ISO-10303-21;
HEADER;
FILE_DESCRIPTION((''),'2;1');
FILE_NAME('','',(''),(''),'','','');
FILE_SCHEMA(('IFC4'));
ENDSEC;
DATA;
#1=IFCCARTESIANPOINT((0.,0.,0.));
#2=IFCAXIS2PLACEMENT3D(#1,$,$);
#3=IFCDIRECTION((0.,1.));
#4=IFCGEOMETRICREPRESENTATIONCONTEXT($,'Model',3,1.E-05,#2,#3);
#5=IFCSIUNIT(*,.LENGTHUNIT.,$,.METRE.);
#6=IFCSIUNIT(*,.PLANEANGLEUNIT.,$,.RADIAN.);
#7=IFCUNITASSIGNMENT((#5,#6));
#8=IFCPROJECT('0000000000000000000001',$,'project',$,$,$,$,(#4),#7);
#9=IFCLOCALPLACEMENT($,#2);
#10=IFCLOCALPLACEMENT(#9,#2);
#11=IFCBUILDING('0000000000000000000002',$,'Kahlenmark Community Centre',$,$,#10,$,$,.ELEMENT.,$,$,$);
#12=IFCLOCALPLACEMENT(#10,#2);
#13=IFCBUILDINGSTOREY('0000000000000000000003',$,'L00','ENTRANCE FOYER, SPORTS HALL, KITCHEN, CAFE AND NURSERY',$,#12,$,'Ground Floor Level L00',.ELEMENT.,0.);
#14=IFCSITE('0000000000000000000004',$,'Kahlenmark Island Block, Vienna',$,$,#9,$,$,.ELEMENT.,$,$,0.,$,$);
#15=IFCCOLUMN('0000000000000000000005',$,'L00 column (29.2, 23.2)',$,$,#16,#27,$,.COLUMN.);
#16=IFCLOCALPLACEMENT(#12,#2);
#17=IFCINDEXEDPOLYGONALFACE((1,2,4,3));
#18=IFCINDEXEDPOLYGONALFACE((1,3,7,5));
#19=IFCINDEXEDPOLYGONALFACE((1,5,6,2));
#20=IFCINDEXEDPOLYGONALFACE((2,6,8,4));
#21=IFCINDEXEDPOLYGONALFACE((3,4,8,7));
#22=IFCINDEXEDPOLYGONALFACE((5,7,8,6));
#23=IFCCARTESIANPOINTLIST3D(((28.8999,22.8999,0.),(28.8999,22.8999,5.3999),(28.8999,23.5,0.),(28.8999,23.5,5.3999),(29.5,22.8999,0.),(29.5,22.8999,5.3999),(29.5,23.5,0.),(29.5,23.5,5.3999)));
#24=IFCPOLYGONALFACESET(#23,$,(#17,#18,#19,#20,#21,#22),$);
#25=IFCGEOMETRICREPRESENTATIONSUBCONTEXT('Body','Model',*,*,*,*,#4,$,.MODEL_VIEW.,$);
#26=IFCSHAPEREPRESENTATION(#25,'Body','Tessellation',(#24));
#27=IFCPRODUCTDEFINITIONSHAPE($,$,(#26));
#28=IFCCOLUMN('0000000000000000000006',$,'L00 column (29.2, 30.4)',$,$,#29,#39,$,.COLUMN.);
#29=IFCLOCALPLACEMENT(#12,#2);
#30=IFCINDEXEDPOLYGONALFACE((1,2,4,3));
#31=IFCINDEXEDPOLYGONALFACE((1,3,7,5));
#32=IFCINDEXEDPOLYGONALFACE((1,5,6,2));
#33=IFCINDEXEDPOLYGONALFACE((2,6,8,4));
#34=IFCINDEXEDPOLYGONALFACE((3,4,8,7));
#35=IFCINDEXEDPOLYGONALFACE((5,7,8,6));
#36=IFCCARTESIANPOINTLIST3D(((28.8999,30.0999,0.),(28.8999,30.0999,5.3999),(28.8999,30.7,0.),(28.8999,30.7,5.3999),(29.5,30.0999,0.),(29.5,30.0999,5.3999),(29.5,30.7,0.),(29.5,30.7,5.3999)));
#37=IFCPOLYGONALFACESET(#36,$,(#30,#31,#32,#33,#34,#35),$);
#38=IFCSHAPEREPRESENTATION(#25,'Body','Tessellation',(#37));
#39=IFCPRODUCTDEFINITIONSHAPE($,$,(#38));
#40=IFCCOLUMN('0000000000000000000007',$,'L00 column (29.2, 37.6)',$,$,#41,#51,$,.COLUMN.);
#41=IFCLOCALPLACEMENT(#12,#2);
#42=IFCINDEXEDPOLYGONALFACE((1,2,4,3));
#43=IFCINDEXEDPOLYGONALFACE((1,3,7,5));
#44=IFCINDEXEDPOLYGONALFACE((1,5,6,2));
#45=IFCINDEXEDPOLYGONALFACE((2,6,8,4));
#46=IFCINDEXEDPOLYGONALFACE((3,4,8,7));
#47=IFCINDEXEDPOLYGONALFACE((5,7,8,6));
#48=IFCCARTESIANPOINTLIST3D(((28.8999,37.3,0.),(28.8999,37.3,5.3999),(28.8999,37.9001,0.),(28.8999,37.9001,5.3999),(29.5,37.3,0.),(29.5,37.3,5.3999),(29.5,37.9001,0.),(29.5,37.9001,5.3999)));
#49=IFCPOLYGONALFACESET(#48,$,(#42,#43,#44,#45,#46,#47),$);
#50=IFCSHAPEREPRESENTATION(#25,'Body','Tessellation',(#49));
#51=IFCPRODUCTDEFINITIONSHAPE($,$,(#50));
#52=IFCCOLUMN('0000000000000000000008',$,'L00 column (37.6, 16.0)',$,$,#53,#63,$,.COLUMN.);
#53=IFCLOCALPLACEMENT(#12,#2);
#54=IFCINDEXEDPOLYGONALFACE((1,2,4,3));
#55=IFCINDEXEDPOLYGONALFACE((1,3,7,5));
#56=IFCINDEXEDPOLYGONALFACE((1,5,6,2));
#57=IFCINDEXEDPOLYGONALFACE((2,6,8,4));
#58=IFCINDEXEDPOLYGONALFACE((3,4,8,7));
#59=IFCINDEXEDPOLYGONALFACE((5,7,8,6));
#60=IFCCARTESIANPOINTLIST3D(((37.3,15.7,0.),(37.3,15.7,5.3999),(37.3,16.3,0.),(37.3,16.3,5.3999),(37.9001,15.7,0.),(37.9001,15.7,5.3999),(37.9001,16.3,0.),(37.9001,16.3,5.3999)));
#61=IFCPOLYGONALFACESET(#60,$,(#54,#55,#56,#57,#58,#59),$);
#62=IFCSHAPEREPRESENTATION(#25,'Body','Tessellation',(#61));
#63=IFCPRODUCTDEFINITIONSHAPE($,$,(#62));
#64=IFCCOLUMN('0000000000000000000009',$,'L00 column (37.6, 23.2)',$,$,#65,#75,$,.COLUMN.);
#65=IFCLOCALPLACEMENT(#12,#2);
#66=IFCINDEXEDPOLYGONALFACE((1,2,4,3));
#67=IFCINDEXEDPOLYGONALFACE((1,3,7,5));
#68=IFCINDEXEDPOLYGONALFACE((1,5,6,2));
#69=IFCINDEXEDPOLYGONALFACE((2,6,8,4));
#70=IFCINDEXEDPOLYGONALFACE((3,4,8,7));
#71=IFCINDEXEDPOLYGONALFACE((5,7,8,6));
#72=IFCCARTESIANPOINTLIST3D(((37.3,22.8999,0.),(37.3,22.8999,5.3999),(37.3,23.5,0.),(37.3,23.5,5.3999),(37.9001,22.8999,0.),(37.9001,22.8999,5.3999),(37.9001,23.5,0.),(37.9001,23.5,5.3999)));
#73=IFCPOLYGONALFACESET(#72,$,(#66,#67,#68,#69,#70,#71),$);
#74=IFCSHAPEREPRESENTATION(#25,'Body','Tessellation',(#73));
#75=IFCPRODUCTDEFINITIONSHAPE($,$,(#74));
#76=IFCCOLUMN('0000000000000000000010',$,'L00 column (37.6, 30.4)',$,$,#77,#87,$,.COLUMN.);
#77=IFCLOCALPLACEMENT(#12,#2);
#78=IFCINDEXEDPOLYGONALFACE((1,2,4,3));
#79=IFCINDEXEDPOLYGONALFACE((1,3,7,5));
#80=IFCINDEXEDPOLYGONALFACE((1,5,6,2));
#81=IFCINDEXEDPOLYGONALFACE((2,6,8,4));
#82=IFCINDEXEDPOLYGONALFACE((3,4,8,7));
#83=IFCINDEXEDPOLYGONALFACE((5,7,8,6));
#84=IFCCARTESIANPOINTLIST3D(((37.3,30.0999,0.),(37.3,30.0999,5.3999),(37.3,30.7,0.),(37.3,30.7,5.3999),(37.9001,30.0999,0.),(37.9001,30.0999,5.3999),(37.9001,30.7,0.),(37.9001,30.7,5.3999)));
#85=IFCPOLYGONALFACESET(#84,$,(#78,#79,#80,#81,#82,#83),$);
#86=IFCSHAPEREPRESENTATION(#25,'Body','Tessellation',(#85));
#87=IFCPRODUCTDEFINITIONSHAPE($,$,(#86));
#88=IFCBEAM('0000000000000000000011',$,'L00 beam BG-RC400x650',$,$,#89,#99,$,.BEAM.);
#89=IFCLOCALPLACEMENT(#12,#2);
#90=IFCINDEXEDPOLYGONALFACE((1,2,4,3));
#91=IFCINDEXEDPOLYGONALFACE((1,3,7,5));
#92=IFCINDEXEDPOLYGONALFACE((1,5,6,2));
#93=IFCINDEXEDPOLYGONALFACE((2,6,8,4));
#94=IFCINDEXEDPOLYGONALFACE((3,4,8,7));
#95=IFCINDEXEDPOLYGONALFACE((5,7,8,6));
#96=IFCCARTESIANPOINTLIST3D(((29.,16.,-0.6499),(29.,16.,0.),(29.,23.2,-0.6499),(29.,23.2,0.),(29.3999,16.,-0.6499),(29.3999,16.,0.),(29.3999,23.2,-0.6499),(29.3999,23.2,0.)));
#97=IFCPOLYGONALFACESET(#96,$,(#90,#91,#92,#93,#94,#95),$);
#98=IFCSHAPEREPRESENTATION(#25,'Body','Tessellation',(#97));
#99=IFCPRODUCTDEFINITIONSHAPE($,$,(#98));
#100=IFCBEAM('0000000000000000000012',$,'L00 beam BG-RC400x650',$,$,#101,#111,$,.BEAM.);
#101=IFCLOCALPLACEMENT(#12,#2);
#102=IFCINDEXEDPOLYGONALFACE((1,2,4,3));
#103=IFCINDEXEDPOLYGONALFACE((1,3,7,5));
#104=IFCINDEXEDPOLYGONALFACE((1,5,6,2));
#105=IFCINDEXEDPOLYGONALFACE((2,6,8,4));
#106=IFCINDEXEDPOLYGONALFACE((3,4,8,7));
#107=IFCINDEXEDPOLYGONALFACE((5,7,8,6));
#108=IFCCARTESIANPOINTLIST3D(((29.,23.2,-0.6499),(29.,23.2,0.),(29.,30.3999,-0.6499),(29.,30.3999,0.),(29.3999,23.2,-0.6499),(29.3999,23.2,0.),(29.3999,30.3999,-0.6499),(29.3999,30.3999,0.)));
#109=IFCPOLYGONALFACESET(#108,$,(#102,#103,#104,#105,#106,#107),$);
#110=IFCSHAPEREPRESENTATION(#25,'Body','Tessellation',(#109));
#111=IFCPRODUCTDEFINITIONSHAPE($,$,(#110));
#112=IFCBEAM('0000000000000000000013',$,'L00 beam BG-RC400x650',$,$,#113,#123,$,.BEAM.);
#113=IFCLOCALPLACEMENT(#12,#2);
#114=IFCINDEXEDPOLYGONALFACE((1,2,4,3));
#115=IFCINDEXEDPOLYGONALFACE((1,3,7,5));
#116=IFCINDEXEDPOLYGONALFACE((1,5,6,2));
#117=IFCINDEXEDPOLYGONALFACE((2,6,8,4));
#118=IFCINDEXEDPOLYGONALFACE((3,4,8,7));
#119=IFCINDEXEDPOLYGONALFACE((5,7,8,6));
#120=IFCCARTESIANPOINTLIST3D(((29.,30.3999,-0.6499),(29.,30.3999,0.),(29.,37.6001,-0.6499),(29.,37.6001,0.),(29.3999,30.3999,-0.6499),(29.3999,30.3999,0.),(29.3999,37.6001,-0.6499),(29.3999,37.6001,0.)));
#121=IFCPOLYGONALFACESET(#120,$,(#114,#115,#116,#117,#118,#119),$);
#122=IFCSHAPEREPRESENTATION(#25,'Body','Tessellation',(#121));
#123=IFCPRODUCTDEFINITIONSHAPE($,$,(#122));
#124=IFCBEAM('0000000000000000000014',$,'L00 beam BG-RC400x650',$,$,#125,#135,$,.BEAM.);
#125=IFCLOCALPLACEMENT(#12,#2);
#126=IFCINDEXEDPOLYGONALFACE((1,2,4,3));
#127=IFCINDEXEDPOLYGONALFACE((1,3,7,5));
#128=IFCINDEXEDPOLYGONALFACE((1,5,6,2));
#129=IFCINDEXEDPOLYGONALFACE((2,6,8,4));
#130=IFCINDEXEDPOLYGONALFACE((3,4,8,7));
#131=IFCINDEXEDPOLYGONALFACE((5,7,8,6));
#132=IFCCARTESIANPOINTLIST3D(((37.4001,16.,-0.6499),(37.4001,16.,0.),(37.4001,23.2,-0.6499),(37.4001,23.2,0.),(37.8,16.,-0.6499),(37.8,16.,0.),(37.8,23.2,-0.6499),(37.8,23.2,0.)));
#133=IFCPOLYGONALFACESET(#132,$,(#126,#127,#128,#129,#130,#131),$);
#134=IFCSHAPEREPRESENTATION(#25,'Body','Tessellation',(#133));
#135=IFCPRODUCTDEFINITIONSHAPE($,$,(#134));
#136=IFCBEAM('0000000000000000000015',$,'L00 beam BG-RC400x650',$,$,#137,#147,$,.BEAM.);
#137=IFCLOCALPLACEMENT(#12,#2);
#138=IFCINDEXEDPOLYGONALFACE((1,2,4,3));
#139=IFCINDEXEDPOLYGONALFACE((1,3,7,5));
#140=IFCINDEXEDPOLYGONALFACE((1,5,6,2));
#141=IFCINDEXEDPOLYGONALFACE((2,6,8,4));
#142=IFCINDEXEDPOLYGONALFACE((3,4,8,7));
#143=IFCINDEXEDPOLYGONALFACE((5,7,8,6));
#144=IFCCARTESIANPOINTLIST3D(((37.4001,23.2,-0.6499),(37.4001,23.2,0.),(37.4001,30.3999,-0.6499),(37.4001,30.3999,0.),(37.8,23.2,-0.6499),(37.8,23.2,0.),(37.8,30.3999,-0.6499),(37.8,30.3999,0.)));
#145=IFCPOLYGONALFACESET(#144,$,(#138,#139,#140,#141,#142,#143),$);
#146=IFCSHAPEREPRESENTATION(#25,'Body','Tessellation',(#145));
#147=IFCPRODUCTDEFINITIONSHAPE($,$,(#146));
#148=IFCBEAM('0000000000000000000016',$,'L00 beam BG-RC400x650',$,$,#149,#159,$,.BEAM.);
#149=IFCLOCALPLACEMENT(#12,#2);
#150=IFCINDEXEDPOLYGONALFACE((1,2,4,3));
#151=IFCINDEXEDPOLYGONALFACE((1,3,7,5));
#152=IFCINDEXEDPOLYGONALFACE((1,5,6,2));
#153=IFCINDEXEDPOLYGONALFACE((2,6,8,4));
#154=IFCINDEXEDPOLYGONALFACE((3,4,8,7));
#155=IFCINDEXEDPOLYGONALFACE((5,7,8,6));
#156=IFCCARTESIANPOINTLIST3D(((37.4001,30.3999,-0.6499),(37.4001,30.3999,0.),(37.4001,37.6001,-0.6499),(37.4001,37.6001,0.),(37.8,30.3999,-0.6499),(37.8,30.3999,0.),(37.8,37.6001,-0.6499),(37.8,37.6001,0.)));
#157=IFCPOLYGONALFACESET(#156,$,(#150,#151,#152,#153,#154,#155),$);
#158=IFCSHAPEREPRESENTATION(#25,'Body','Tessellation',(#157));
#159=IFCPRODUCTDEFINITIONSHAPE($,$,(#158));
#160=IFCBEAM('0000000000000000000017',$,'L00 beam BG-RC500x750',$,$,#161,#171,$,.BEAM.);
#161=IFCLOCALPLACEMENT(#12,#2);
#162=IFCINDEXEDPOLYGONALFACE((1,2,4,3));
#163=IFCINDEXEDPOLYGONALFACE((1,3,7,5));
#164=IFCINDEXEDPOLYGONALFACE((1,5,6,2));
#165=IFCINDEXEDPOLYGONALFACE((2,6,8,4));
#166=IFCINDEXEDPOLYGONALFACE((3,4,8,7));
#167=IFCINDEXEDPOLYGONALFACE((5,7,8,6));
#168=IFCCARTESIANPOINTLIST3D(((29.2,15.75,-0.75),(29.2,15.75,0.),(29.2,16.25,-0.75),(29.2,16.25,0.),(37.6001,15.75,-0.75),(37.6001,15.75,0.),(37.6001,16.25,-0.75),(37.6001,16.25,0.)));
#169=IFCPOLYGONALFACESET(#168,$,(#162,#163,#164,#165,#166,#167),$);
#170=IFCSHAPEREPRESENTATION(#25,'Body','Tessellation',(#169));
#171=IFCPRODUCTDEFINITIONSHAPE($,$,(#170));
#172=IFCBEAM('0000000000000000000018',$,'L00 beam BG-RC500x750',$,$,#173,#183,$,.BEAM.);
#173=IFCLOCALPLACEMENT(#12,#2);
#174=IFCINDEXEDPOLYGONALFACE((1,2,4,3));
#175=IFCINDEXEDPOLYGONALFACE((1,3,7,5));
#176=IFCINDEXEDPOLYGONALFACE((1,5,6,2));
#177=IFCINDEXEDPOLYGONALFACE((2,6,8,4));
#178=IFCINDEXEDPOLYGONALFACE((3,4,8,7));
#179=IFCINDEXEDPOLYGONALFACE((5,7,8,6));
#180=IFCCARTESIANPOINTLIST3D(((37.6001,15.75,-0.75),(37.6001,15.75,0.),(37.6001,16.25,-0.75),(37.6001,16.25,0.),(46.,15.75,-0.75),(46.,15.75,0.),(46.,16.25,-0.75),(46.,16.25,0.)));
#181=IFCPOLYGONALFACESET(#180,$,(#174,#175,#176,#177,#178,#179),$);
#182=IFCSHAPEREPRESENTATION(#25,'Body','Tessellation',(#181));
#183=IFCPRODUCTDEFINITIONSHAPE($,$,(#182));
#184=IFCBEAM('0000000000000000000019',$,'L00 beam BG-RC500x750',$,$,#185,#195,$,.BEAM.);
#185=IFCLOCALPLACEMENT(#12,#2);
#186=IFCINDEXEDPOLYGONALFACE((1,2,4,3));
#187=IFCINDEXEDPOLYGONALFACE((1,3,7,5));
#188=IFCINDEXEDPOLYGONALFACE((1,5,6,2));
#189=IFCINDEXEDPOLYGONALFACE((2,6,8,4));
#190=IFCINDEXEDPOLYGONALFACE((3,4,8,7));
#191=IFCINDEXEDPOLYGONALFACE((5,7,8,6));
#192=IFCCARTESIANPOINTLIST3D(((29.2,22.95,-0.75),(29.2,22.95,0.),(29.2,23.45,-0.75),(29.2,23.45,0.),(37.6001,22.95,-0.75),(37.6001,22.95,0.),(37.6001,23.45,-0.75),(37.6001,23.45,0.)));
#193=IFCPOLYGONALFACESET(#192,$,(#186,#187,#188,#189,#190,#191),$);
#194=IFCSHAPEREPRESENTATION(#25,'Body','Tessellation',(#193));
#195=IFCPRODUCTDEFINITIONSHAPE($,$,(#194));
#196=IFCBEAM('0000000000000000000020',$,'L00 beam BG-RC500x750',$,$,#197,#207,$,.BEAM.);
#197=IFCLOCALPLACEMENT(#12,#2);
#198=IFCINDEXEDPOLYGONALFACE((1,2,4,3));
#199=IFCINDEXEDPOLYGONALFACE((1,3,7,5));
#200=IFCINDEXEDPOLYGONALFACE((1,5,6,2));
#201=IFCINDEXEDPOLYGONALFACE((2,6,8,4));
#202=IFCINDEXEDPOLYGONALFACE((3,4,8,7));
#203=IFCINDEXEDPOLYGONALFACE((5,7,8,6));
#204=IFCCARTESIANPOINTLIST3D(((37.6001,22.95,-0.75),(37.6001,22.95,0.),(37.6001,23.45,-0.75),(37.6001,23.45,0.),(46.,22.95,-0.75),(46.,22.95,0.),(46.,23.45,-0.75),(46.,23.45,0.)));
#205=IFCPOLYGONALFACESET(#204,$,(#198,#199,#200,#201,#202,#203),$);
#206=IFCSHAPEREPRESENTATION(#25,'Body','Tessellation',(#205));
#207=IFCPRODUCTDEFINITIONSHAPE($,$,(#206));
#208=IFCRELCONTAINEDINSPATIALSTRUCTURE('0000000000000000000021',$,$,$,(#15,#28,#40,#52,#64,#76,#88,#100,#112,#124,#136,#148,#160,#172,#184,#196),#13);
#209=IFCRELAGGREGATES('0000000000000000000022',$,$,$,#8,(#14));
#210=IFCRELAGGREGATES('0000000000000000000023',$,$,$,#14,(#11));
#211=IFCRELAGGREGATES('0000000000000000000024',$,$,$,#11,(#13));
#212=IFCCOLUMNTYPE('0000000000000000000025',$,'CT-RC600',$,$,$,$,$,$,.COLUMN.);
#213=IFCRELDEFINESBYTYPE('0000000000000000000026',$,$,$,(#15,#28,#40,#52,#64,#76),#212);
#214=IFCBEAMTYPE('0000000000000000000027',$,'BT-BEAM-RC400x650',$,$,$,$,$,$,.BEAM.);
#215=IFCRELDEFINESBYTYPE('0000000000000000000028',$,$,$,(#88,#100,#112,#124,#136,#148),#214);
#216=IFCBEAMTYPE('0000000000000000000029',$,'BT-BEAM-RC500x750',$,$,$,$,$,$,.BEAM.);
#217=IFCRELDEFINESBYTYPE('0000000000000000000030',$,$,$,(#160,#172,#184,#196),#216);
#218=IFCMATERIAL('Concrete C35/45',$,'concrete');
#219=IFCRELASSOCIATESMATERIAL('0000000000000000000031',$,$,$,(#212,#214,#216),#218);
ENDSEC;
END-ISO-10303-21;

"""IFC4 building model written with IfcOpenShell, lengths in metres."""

from ifc_helpers import new_model, si_unit, direction, frame, origin, origin_2d, place, context, subcontext, project, spatial, rectangle, extrude, material, material_profile, profile_set, type_object, element, save


model = new_model("IFC4")

# Units and contexts
model_context = context("Model", 3, precision=1e-05, world=origin(), true_north=direction((0.0, 1.0)))
body_context = subcontext(model_context, "Body", "Model", "MODEL_VIEW")
ifc_project = project(units=[si_unit("LENGTHUNIT", "METRE"), si_unit("PLANEANGLEUNIT", "RADIAN")], contexts=[model_context])

# Site, building, storey
site_placement = place(None, origin())
site = spatial("IfcSite", under=ifc_project, at=site_placement, Name="Kahlenmark Island Block, Vienna", CompositionType="ELEMENT", RefElevation=0.0)
building_placement = place(site_placement, origin())
building = spatial("IfcBuilding", under=site, at=building_placement, Name="Kahlenmark Community Centre", CompositionType="ELEMENT")
storey_placement = place(building_placement, origin())
storey = spatial("IfcBuildingStorey", under=building, at=storey_placement, Name="L00", Description="ENTRANCE FOYER, SPORTS HALL, KITCHEN, CAFE AND NURSERY", LongName="Ground Floor Level L00", CompositionType="ELEMENT", Elevation=0.0)

# Columns
ifc_material_1 = material(Name="Concrete C35/45", Category="concrete")
ifc_material_profile_1 = material_profile(ifc_material_1, rectangle(XDim=0.6001, YDim=0.6001, at=origin_2d()), Name="RC 600x600")
ifc_profile_set_1 = profile_set([ifc_material_profile_1], Name="Concrete C35/45")
column_type = type_object("IfcColumnType", Name="CT-RC600", PredefinedType="COLUMN", material=ifc_profile_set_1)
for number, where, z_axis, x_axis, name in (
    (1, (29.2, 23.2, 0.0), (0.0, 0.0, 1.0), (1.0, 0.0, 0.0), "L00 column (29.2, 23.2)"),
    (2, (29.2, 30.3999, 0.0), (0.0, 0.0, 1.0), (1.0, 0.0, 0.0), "L00 column (29.2, 30.4)"),
    (3, (29.2, 37.6001, 0.0), (0.0, 0.0, 1.0), (1.0, 0.0, 0.0), "L00 column (29.2, 37.6)"),
    (4, (37.6001, 16.0, 0.0), (0.0, 0.0, 1.0), (1.0, 0.0, 0.0), "L00 column (37.6, 16.0)"),
    (5, (37.6001, 23.2, 0.0), (0.0, 0.0, 1.0), (1.0, 0.0, 0.0), "L00 column (37.6, 23.2)"),
    (6, (37.6001, 30.3999, 0.0), (0.0, 0.0, 1.0), (1.0, 0.0, 0.0), "L00 column (37.6, 30.4)"),
):
    element("IfcColumn", number, at=place(storey_placement, frame(where, z_axis=z_axis, x_axis=x_axis)), inside=storey, type_object=column_type, Name=name, PredefinedType="COLUMN", context=body_context, shape_type="SweptSolid", body=[
        extrude(rectangle(XDim=0.6001, YDim=0.6001, at=origin_2d()), origin(), (0.0, 0.0, 1.0), 5.3999),
    ])

# Beams
ifc_material_profile_2 = material_profile(ifc_material_1, rectangle(XDim=0.3999, YDim=0.6499, at=origin_2d()), Name="RC 400x650")
ifc_profile_set_2 = profile_set([ifc_material_profile_2], Name="Concrete C35/45")
beam_type_1 = type_object("IfcBeamType", Name="BT-BEAM-RC400x650", PredefinedType="BEAM", material=ifc_profile_set_2)
for number, where, z_axis, x_axis, name in (
    (7, (29.2, 16.0, -0.325), (0.0, 1.0, 0.0), (-1.0, 0.0, 0.0), "L00 beam BG-RC400x650"),
    (8, (29.2, 23.2, -0.325), (0.0, 1.0, 0.0), (-1.0, 0.0, 0.0), "L00 beam BG-RC400x650"),
):
    element("IfcBeam", number, at=place(storey_placement, frame(where, z_axis=z_axis, x_axis=x_axis)), inside=storey, type_object=beam_type_1, Name=name, PredefinedType="BEAM", context=body_context, shape_type="SweptSolid", body=[
        extrude(rectangle(XDim=0.3999, YDim=0.6499, at=origin_2d()), origin(), (0.0, 0.0, 1.0), 7.2),
    ])
beam_1_placement = place(storey_placement, frame((29.2, 30.3999, -0.325), z_axis=(0.0, 1.0, 0.0), x_axis=(-1.0, 0.0, 0.0)))
element("IfcBeam", 9, at=beam_1_placement, inside=storey, type_object=beam_type_1, Name="L00 beam BG-RC400x650", PredefinedType="BEAM", context=body_context, shape_type="SweptSolid", body=[
    extrude(rectangle(XDim=0.3999, YDim=0.6499, at=origin_2d()), origin(), (0.0, 0.0, 1.0), 7.2002),
])
for number, where, z_axis, x_axis, name in (
    (10, (37.6001, 16.0, -0.325), (0.0, 1.0, 0.0), (-1.0, 0.0, 0.0), "L00 beam BG-RC400x650"),
    (11, (37.6001, 23.2, -0.325), (0.0, 1.0, 0.0), (-1.0, 0.0, 0.0), "L00 beam BG-RC400x650"),
):
    element("IfcBeam", number, at=place(storey_placement, frame(where, z_axis=z_axis, x_axis=x_axis)), inside=storey, type_object=beam_type_1, Name=name, PredefinedType="BEAM", context=body_context, shape_type="SweptSolid", body=[
        extrude(rectangle(XDim=0.3999, YDim=0.6499, at=origin_2d()), origin(), (0.0, 0.0, 1.0), 7.2),
    ])
beam_2_placement = place(storey_placement, frame((37.6001, 30.3999, -0.325), z_axis=(0.0, 1.0, 0.0), x_axis=(-1.0, 0.0, 0.0)))
element("IfcBeam", 12, at=beam_2_placement, inside=storey, type_object=beam_type_1, Name="L00 beam BG-RC400x650", PredefinedType="BEAM", context=body_context, shape_type="SweptSolid", body=[
    extrude(rectangle(XDim=0.3999, YDim=0.6499, at=origin_2d()), origin(), (0.0, 0.0, 1.0), 7.2002),
])
ifc_material_profile_3 = material_profile(ifc_material_1, rectangle(XDim=0.5, YDim=0.75, at=origin_2d()), Name="RC 500x750")
ifc_profile_set_3 = profile_set([ifc_material_profile_3], Name="Concrete C35/45")
beam_type_2 = type_object("IfcBeamType", Name="BT-BEAM-RC500x750", PredefinedType="BEAM", material=ifc_profile_set_3)
beam_3_placement = place(storey_placement, frame((29.2, 16.0, -0.375), z_axis=(1.0, 0.0, 0.0), x_axis=(0.0, 1.0, 0.0)))
element("IfcBeam", 13, at=beam_3_placement, inside=storey, type_object=beam_type_2, Name="L00 beam BG-RC500x750", PredefinedType="BEAM", context=body_context, shape_type="SweptSolid", body=[
    extrude(rectangle(XDim=0.5, YDim=0.75, at=origin_2d()), origin(), (0.0, 0.0, 1.0), 8.4001),
])
beam_4_placement = place(storey_placement, frame((37.6001, 16.0, -0.375), z_axis=(1.0, 0.0, 0.0), x_axis=(0.0, 1.0, 0.0)))
element("IfcBeam", 14, at=beam_4_placement, inside=storey, type_object=beam_type_2, Name="L00 beam BG-RC500x750", PredefinedType="BEAM", context=body_context, shape_type="SweptSolid", body=[
    extrude(rectangle(XDim=0.5, YDim=0.75, at=origin_2d()), origin(), (0.0, 0.0, 1.0), 8.3999),
])
beam_5_placement = place(storey_placement, frame((29.2, 23.2, -0.375), z_axis=(1.0, 0.0, 0.0), x_axis=(0.0, 1.0, 0.0)))
element("IfcBeam", 15, at=beam_5_placement, inside=storey, type_object=beam_type_2, Name="L00 beam BG-RC500x750", PredefinedType="BEAM", context=body_context, shape_type="SweptSolid", body=[
    extrude(rectangle(XDim=0.5, YDim=0.75, at=origin_2d()), origin(), (0.0, 0.0, 1.0), 8.4001),
])
beam_6_placement = place(storey_placement, frame((37.6001, 23.2, -0.375), z_axis=(1.0, 0.0, 0.0), x_axis=(0.0, 1.0, 0.0)))
element("IfcBeam", 16, at=beam_6_placement, inside=storey, type_object=beam_type_2, Name="L00 beam BG-RC500x750", PredefinedType="BEAM", context=body_context, shape_type="SweptSolid", body=[
    extrude(rectangle(XDim=0.5, YDim=0.75, at=origin_2d()), origin(), (0.0, 0.0, 1.0), 8.3999),
])

save(model, "model.ifc")
